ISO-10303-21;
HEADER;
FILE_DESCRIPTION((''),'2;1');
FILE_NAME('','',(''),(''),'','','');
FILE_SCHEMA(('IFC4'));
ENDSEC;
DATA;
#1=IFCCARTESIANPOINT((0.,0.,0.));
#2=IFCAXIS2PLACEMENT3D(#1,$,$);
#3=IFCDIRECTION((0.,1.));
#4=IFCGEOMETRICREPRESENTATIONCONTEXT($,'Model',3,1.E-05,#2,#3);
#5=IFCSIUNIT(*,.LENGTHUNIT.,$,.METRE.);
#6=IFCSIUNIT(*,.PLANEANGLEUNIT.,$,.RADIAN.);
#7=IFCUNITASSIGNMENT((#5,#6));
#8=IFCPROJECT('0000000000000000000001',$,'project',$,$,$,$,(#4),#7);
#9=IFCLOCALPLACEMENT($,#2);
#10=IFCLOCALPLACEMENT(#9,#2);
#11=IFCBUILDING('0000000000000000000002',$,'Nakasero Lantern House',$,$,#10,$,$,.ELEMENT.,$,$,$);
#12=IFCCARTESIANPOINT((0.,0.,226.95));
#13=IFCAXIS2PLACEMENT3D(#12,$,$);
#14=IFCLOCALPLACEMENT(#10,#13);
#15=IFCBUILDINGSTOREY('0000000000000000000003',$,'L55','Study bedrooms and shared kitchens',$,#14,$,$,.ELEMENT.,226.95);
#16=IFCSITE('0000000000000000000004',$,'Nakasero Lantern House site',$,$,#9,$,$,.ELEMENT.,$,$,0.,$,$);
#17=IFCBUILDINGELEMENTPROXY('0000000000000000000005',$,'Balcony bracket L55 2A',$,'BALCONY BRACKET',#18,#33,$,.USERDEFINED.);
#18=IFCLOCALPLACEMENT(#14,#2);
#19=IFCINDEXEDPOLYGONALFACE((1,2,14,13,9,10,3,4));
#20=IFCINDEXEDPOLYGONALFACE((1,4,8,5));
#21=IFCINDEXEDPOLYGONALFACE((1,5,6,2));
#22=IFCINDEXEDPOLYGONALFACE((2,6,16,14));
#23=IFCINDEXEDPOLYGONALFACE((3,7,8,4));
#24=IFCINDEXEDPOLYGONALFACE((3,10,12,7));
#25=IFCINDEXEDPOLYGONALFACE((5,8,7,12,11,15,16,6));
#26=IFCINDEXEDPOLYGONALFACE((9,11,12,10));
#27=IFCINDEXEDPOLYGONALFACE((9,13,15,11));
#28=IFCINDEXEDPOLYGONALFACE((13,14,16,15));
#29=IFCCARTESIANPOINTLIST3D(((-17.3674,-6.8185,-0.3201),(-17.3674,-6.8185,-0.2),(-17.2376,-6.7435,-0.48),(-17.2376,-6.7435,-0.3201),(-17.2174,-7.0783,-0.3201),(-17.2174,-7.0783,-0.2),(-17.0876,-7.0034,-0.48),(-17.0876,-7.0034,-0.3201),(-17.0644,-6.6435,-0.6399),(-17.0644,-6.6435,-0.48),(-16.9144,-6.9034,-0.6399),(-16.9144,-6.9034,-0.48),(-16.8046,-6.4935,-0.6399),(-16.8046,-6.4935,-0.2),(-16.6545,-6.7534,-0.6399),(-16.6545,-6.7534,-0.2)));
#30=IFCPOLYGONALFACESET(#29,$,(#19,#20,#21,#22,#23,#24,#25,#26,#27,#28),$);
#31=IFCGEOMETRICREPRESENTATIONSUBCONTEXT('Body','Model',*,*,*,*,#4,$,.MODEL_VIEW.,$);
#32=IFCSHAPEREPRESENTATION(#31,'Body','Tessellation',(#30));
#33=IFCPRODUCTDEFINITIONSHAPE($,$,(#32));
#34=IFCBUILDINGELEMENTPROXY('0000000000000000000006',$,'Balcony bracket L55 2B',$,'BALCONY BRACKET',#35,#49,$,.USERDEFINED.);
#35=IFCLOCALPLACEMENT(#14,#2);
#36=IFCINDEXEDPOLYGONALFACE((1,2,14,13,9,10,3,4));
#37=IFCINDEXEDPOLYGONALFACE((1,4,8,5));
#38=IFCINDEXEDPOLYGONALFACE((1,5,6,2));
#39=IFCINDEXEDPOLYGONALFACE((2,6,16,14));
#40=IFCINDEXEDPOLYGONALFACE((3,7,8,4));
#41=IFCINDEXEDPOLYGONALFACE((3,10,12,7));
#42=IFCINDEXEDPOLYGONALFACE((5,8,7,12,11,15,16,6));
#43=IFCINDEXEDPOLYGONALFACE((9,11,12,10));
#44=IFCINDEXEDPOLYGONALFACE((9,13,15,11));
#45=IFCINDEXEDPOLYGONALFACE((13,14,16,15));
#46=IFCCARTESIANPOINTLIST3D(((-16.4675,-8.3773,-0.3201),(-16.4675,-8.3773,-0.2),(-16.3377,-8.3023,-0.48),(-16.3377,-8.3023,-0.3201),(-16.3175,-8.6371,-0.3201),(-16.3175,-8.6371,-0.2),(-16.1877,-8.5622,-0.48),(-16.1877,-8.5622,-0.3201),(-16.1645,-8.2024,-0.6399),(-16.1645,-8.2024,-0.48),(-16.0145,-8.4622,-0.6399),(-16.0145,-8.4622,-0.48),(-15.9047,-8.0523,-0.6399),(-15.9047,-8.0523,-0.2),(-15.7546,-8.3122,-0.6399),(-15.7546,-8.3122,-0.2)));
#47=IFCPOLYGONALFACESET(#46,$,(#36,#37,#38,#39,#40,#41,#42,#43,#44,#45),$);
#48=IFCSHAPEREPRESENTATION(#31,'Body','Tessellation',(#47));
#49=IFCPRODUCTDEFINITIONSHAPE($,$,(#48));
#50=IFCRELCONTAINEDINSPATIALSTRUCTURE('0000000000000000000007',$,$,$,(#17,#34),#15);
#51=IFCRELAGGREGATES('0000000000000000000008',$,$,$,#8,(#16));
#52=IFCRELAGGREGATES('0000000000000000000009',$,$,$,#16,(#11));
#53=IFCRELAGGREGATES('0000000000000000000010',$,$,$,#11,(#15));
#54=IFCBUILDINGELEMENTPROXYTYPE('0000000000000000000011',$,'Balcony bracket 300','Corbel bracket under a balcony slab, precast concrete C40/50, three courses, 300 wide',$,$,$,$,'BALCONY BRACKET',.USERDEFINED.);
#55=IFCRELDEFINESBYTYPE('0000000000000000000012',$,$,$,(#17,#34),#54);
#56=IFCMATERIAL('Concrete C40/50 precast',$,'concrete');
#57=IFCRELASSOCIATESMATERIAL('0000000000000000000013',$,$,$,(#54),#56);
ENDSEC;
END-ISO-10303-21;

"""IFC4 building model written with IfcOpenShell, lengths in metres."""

from ifc_helpers import new_model, si_unit, direction, frame, origin, place, context, subcontext, project, spatial, polyline, outline, extrude, material, type_object, element, save


model = new_model("IFC4")

# Units and contexts
model_context = context("Model", 3, precision=1e-05, world=origin(), true_north=direction((0.0, 1.0)))
body_context = subcontext(model_context, "Body", "Model", "MODEL_VIEW")
ifc_project = project(units=[si_unit("LENGTHUNIT", "METRE"), si_unit("PLANEANGLEUNIT", "RADIAN")], contexts=[model_context])

# Site, building, storey
site_placement = place(None, origin())
site = spatial("IfcSite", under=ifc_project, at=site_placement, Name="Nakasero Lantern House site", CompositionType="ELEMENT", RefElevation=0.0)
building_placement = place(site_placement, origin())
building = spatial("IfcBuilding", under=site, at=building_placement, Name="Nakasero Lantern House", CompositionType="ELEMENT")
storey_placement = place(building_placement, frame((0.0, 0.0, 226.95)))
storey = spatial("IfcBuildingStorey", under=building, at=storey_placement, Name="L55", Description="Study bedrooms and shared kitchens", CompositionType="ELEMENT", Elevation=226.95)

# Building element proxies
ifc_material_1 = material(Name="Concrete C40/50 precast", Category="concrete")
building_element_proxy_type = type_object("IfcBuildingElementProxyType", Name="Balcony bracket 300", Description="Corbel bracket under a balcony slab, precast concrete C40/50, three courses, 300 wide", ElementType="BALCONY BRACKET", PredefinedType="USERDEFINED", material=ifc_material_1)
for number, where, z_axis, x_axis, name in (
    (1, (-16.7295, -6.6235, -0.2), (0.0, 0.0, 1.0), (-0.866025, -0.5, 0.0), "Balcony bracket L55 2A"),
    (2, (-15.8296, -8.1824, -0.2), (0.0, 0.0, 1.0), (-0.866025, -0.5, 0.0), "Balcony bracket L55 2B"),
):
    element("IfcBuildingElementProxy", number, at=place(storey_placement, frame(where, z_axis=z_axis, x_axis=x_axis)), inside=storey, type_object=building_element_proxy_type, Name=name, ObjectType="BALCONY BRACKET", PredefinedType="USERDEFINED", context=body_context, shape_type="SweptSolid", body=[
        extrude(outline(polyline([(0.0, 0.0), (0.6499, 0.0), (0.6499, -0.1201), (0.5, -0.1201), (0.5, -0.28), (0.3, -0.28), (0.3, -0.4399), (0.0, -0.4399), (0.0, 0.0)])), frame((0.0, 0.1499, 0.0), z_axis=(0.0, -1.0, 0.0), x_axis=(1.0, 0.0, 0.0)), (0.0, 0.0, 1.0), 0.3),
    ])

save(model, "model.ifc")
